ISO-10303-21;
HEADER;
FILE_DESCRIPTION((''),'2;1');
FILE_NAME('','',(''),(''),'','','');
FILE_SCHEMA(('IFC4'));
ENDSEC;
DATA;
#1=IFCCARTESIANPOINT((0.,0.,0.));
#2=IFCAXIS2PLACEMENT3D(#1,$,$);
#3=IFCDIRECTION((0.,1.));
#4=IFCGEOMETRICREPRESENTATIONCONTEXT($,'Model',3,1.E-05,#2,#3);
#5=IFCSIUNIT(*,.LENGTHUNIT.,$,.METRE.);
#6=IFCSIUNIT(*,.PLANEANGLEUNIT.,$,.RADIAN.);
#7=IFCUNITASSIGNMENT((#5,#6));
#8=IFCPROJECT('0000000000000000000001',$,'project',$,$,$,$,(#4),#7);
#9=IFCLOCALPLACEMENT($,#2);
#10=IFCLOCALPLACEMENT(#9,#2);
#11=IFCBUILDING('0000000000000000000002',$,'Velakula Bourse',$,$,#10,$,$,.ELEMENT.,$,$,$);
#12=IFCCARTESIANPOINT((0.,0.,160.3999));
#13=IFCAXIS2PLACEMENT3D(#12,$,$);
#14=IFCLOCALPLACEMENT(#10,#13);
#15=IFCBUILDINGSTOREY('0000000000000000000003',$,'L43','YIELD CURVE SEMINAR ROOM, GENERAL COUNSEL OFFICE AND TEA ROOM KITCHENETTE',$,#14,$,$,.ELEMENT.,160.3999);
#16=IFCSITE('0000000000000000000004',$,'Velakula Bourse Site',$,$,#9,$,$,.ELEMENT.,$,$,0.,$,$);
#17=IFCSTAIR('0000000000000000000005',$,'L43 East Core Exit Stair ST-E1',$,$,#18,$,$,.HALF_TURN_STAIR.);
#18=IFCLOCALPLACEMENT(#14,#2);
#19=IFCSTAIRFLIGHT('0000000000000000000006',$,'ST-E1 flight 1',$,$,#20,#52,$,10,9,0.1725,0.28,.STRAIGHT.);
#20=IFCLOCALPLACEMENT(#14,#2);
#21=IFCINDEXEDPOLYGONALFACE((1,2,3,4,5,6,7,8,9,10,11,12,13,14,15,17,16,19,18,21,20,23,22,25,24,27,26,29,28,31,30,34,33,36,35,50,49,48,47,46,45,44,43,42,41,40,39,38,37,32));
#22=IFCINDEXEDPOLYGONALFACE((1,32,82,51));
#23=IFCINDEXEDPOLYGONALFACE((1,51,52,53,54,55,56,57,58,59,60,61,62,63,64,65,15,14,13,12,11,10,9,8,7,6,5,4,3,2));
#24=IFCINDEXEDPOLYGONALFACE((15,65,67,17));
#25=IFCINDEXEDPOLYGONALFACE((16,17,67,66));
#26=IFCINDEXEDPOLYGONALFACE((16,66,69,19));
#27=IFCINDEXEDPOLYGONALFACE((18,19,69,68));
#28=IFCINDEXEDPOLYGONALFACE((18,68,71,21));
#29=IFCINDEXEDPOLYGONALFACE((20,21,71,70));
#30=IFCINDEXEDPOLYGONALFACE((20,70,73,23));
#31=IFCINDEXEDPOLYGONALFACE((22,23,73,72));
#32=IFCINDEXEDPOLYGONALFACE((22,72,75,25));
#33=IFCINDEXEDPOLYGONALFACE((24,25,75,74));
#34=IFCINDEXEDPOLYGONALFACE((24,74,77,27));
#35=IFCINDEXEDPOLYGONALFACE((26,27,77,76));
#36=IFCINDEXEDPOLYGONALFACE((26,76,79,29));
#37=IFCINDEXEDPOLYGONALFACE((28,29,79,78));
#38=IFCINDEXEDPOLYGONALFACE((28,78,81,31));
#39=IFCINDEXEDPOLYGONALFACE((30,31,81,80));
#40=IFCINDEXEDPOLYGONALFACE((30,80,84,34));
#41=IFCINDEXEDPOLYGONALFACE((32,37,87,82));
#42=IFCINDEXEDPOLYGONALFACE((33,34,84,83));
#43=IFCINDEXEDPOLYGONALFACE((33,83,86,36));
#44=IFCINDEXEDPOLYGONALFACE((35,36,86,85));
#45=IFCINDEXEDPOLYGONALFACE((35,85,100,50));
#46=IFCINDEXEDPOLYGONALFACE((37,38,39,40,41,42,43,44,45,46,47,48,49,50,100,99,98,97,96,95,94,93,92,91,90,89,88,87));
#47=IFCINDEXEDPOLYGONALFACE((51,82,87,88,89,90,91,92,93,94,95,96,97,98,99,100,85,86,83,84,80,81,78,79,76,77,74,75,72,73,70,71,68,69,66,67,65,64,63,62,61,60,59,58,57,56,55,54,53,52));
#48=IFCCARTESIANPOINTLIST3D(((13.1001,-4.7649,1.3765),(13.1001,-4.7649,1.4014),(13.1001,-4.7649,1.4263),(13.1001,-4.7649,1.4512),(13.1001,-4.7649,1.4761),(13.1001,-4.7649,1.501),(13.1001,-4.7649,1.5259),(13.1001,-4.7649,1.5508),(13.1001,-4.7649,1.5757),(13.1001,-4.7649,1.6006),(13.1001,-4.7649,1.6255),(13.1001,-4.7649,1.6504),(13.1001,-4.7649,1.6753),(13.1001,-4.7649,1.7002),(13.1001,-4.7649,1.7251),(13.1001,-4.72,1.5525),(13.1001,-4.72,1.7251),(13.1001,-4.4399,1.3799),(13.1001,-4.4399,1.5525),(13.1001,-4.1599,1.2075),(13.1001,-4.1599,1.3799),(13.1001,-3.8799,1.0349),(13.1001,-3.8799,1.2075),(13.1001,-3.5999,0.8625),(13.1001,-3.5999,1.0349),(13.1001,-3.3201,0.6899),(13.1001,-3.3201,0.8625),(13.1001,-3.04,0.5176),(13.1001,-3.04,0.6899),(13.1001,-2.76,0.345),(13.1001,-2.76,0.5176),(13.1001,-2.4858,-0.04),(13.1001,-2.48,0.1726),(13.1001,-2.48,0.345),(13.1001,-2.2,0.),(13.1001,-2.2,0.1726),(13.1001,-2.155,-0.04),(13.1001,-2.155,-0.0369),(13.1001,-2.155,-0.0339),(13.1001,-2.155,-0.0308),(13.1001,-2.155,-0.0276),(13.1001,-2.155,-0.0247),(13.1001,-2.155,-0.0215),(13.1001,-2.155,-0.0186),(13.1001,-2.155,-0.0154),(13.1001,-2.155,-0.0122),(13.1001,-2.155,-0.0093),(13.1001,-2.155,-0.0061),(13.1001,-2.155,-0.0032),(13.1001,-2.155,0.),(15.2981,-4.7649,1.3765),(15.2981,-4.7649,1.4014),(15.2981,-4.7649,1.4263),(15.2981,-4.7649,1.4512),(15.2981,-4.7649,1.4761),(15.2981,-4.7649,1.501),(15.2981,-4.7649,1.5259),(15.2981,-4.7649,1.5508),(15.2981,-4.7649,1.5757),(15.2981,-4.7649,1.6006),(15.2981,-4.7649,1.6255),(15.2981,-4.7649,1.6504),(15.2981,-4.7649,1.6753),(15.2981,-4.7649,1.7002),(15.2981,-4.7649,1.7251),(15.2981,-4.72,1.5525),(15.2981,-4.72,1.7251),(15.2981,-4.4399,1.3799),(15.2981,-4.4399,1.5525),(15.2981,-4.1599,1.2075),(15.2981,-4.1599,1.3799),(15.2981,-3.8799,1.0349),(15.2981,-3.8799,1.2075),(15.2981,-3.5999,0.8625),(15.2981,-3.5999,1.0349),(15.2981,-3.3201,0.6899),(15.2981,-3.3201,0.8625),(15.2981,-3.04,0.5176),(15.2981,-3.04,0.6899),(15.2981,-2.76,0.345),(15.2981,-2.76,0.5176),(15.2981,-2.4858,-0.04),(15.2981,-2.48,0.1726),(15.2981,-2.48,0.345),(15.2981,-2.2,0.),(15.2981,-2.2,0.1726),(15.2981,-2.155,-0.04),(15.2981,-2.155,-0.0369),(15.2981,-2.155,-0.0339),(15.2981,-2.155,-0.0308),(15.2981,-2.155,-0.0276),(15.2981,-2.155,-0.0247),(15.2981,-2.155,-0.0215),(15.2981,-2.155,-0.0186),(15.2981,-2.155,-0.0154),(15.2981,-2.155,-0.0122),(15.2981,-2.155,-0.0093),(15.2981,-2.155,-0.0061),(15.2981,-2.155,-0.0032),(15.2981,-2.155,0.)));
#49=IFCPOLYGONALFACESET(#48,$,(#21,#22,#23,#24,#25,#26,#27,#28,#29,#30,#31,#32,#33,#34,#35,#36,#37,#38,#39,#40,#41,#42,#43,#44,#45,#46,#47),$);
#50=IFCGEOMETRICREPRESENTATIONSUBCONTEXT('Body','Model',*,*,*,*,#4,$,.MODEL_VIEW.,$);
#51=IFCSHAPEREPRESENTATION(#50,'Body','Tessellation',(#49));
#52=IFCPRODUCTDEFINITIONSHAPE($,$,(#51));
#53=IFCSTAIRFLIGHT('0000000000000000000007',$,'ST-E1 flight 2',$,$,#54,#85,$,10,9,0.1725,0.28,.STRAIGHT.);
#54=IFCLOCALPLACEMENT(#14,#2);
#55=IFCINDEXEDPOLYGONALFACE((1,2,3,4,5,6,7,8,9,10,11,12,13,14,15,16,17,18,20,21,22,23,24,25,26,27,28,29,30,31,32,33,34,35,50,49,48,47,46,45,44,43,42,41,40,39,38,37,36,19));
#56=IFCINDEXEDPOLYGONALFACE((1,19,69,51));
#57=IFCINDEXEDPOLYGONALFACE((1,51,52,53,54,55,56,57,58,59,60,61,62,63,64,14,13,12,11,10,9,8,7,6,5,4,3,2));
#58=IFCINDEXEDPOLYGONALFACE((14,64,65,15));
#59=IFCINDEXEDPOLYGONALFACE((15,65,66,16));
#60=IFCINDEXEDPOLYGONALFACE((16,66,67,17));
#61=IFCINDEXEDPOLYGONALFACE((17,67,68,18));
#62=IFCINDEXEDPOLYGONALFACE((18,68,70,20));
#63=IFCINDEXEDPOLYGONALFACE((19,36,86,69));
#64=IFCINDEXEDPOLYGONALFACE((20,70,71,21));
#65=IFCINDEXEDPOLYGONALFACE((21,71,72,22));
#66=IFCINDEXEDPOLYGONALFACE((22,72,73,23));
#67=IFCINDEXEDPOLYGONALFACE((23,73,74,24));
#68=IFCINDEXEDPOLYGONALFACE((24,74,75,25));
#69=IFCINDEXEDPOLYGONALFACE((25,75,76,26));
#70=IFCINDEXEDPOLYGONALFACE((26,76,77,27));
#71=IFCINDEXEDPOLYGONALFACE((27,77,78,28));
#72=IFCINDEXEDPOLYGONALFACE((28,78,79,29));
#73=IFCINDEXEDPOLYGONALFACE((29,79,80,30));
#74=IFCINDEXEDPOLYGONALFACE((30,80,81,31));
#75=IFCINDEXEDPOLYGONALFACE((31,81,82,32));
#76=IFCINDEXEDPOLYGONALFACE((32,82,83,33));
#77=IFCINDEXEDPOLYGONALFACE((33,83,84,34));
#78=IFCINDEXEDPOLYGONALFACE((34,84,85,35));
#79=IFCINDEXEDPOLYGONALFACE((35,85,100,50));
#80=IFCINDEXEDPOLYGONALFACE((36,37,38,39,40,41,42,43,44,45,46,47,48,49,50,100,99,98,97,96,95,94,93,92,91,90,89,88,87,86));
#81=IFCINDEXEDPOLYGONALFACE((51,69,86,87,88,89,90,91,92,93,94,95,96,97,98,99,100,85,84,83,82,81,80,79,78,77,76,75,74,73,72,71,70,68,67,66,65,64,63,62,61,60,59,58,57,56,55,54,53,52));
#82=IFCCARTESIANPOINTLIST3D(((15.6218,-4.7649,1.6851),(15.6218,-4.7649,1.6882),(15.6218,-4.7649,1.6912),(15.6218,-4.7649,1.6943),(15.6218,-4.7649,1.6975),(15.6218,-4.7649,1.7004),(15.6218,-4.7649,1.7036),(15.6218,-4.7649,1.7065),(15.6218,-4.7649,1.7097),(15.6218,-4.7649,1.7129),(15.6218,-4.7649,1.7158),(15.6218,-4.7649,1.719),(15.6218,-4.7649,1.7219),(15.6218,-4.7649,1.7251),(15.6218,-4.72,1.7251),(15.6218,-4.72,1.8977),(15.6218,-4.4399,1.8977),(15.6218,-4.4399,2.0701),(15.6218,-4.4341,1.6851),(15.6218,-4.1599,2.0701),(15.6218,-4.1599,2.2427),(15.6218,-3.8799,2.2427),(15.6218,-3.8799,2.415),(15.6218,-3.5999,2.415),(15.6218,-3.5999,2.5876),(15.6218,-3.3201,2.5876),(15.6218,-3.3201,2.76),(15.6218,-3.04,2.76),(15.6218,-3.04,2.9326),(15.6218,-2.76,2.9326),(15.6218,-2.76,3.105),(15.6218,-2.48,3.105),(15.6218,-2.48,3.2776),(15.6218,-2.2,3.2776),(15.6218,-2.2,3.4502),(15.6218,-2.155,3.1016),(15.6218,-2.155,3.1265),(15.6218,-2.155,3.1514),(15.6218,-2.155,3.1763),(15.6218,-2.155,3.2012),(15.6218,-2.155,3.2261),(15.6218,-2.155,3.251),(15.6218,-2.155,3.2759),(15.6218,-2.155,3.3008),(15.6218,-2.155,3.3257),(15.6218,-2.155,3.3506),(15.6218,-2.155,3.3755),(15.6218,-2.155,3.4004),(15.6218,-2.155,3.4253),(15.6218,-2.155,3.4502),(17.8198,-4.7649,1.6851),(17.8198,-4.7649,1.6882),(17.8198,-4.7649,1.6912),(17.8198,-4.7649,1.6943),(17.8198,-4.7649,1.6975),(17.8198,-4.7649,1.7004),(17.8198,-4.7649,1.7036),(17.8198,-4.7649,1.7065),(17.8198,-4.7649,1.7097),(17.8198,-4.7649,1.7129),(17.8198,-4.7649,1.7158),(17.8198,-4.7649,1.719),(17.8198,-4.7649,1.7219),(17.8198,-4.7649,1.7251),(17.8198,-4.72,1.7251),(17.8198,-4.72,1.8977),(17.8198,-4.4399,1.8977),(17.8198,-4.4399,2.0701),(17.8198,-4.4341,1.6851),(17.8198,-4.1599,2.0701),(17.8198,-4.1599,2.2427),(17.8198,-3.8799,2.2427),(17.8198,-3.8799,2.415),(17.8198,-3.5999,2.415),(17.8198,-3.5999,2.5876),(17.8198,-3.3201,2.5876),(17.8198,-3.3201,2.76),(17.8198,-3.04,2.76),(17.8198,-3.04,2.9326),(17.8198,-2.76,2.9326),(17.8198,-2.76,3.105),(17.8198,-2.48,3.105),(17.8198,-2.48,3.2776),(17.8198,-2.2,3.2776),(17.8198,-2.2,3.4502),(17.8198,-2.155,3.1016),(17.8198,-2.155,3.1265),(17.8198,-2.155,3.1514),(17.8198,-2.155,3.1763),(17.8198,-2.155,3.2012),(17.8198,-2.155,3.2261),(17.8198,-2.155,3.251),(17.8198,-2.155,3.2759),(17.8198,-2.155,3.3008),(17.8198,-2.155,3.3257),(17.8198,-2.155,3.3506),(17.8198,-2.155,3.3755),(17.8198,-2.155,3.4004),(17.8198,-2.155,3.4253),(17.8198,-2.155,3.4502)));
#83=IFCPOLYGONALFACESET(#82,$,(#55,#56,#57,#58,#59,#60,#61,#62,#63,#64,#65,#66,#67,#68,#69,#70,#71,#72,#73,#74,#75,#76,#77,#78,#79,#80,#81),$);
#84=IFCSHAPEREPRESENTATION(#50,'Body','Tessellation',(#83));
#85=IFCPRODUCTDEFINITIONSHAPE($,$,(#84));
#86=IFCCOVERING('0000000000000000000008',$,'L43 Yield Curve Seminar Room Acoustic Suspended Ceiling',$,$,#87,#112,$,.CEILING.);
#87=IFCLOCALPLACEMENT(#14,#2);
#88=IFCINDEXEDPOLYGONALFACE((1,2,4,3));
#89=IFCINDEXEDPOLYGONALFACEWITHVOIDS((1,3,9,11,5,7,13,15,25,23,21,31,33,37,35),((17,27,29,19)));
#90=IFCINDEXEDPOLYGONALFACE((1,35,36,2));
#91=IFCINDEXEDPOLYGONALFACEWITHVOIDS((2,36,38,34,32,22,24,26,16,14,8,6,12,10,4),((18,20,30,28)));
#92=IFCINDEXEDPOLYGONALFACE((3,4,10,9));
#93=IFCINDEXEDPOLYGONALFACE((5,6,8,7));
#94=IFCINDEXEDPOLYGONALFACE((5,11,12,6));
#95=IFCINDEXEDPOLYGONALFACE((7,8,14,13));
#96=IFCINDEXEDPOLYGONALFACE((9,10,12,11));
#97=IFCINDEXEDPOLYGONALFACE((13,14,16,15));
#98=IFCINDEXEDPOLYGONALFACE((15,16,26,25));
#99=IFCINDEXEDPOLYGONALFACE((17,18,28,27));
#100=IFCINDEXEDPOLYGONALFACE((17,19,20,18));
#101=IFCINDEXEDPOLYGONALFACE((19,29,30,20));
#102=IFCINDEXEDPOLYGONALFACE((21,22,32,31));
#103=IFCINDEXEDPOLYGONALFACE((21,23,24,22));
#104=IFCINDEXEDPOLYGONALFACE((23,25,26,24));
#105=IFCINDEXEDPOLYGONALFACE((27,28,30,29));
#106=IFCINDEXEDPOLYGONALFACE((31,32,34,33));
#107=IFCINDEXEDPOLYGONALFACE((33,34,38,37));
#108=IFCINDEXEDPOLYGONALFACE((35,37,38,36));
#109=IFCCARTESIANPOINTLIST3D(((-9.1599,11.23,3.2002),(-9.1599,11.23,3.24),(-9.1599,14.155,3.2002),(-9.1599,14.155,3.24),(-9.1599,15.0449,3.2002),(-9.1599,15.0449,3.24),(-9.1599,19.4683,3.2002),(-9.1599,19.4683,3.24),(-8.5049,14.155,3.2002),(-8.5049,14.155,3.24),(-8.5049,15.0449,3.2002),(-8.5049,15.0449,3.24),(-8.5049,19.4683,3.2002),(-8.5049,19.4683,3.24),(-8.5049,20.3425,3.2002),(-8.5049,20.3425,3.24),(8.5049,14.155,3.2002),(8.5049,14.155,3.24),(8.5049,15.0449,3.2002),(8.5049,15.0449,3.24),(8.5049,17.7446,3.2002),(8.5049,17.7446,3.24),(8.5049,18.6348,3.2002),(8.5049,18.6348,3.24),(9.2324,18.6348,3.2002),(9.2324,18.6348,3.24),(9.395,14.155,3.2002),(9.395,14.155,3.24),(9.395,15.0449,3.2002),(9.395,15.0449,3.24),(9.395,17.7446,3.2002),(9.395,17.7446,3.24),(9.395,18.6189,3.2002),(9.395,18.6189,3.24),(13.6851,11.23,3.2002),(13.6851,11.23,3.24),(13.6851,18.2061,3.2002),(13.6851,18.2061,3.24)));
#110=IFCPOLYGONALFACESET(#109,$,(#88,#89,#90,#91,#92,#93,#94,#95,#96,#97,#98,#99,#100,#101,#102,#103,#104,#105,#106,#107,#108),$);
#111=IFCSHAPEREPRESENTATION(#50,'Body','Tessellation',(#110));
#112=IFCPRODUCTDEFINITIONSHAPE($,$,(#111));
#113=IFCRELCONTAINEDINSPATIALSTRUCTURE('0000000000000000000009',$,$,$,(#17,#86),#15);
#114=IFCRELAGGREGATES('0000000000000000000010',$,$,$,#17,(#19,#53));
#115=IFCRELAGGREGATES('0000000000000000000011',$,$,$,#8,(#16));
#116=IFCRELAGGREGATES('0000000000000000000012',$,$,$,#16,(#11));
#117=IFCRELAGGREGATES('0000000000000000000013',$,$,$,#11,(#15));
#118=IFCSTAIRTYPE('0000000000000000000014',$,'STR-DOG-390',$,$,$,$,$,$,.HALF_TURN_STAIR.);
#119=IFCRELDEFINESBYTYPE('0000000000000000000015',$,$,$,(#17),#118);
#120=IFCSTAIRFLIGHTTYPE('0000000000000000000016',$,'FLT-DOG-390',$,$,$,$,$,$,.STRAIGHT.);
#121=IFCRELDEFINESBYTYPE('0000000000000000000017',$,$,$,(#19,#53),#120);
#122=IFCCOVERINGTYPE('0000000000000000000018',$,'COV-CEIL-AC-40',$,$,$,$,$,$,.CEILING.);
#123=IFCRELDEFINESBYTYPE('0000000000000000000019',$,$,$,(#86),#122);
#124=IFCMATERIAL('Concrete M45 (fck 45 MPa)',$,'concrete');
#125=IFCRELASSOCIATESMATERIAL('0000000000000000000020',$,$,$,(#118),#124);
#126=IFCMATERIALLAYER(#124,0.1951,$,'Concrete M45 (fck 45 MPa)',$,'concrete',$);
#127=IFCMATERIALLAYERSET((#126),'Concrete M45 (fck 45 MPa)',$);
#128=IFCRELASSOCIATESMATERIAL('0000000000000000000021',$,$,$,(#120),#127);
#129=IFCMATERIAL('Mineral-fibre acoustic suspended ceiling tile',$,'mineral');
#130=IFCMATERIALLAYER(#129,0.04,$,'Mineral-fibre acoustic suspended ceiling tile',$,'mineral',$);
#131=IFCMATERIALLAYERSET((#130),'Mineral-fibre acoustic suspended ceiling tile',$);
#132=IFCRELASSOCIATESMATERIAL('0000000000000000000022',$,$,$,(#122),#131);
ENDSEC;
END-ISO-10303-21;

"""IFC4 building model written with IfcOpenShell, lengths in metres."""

from ifc_helpers import new_model, si_unit, direction, frame, origin, place, context, subcontext, project, spatial, polyline, outline, extrude, material, layer, layer_set, type_object, element, aggregate, save


model = new_model("IFC4")

# Units and contexts
model_context = context("Model", 3, precision=1e-05, world=origin(), true_north=direction((0.0, 1.0)))
body_context = subcontext(model_context, "Body", "Model", "MODEL_VIEW")
ifc_project = project(units=[si_unit("LENGTHUNIT", "METRE"), si_unit("PLANEANGLEUNIT", "RADIAN")], contexts=[model_context])

# Site, building, storey
site_placement = place(None, origin())
site = spatial("IfcSite", under=ifc_project, at=site_placement, Name="Velakula Bourse Site", CompositionType="ELEMENT", RefElevation=0.0)
building_placement = place(site_placement, origin())
building = spatial("IfcBuilding", under=site, at=building_placement, Name="Velakula Bourse", CompositionType="ELEMENT")
storey_placement = place(building_placement, frame((0.0, 0.0, 160.3999)))
storey = spatial("IfcBuildingStorey", under=building, at=storey_placement, Name="L43", Description="YIELD CURVE SEMINAR ROOM, GENERAL COUNSEL OFFICE AND TEA ROOM KITCHENETTE", CompositionType="ELEMENT", Elevation=160.3999)

# Stair
ifc_material_1 = material(Name="Concrete M45 (fck 45 MPa)", Category="concrete")
stair_type = type_object("IfcStairType", Name="STR-DOG-390", PredefinedType="HALF_TURN_STAIR", material=ifc_material_1)
stair_placement = place(storey_placement, origin())
stair = element("IfcStair", 1, at=stair_placement, inside=storey, type_object=stair_type, Name="L43 East Core Exit Stair ST-E1", PredefinedType="HALF_TURN_STAIR")

# Stair flights
ifc_layer_1 = layer(ifc_material_1, 0.1951, Name="Concrete M45 (fck 45 MPa)", Category="concrete")
ifc_layer_set_1 = layer_set([ifc_layer_1], Name="Concrete M45 (fck 45 MPa)")
stair_flight_type = type_object("IfcStairFlightType", Name="FLT-DOG-390", PredefinedType="STRAIGHT", material=ifc_layer_set_1)
stair_flight_1_placement = place(storey_placement, frame((14.199, -2.2, 0.0), z_axis=(0.0, 0.0, 1.0), x_axis=(0.0, -1.0, 0.0)))
stair_flight_1 = element("IfcStairFlight", 2, at=stair_flight_1_placement, type_object=stair_flight_type, Name="ST-E1 flight 1", NumberOfRisers=10, NumberOfTreads=9, PredefinedType="STRAIGHT", RiserHeight=0.1725, TreadLength=0.28, context=body_context, shape_type="SweptSolid", body=[
    extrude(outline(polyline([(-0.0449, -0.04), (-0.0449, -0.0369), (-0.0449, -0.0339), (-0.0449, -0.0308), (-0.0449, -0.0276), (-0.0449, -0.0247), (-0.0449, -0.0215), (-0.0449, -0.0186), (-0.0449, -0.0154), (-0.0449, -0.0122), (-0.0449, -0.0093), (-0.0449, -0.0061), (-0.0449, -0.0032), (-0.0449, 0.0), (0.0, 0.0), (0.0, 0.1726), (0.28, 0.1726), (0.28, 0.345), (0.5601, 0.345), (0.5601, 0.5176), (0.8401, 0.5176), (0.8401, 0.6899), (1.1201, 0.6899), (1.1201, 0.8625), (1.3999, 0.8625), (1.3999, 1.0349), (1.6799, 1.0349), (1.6799, 1.2075), (1.96, 1.2075), (1.96, 1.3799), (2.24, 1.3799), (2.24, 1.5525), (2.52, 1.5525), (2.52, 1.7251), (2.5649, 1.7251), (2.5649, 1.7002), (2.5649, 1.6753), (2.5649, 1.6504), (2.5649, 1.6255), (2.5649, 1.6006), (2.5649, 1.5757), (2.5649, 1.5508), (2.5649, 1.5259), (2.5649, 1.501), (2.5649, 1.4761), (2.5649, 1.4512), (2.5649, 1.4263), (2.5649, 1.4014), (2.5649, 1.3765), (0.2859, -0.04), (-0.0449, -0.04)])), frame((0.0, 1.0991, 0.0), z_axis=(0.0, -1.0, 0.0), x_axis=(1.0, 0.0, 0.0)), (0.0, 0.0, 1.0), 2.198),
])
stair_flight_2_placement = place(storey_placement, frame((16.7209, -4.72, 1.7251), z_axis=(0.0, 0.0, 1.0), x_axis=(0.0, 1.0, 0.0)))
stair_flight_2 = element("IfcStairFlight", 3, at=stair_flight_2_placement, type_object=stair_flight_type, Name="ST-E1 flight 2", NumberOfRisers=10, NumberOfTreads=9, PredefinedType="STRAIGHT", RiserHeight=0.1725, TreadLength=0.28, context=body_context, shape_type="SweptSolid", body=[
    extrude(outline(polyline([(-0.0449, -0.04), (-0.0449, -0.0369), (-0.0449, -0.0339), (-0.0449, -0.0308), (-0.0449, -0.0276), (-0.0449, -0.0247), (-0.0449, -0.0215), (-0.0449, -0.0186), (-0.0449, -0.0154), (-0.0449, -0.0122), (-0.0449, -0.0093), (-0.0449, -0.0061), (-0.0449, -0.0032), (-0.0449, 0.0), (0.0, 0.0), (0.0, 0.1726), (0.28, 0.1726), (0.28, 0.345), (0.5601, 0.345), (0.5601, 0.5176), (0.8401, 0.5176), (0.8401, 0.6899), (1.1201, 0.6899), (1.1201, 0.8625), (1.3999, 0.8625), (1.3999, 1.0349), (1.6799, 1.0349), (1.6799, 1.2075), (1.96, 1.2075), (1.96, 1.3799), (2.24, 1.3799), (2.24, 1.5525), (2.52, 1.5525), (2.52, 1.7251), (2.5649, 1.7251), (2.5649, 1.7002), (2.5649, 1.6753), (2.5649, 1.6504), (2.5649, 1.6255), (2.5649, 1.6006), (2.5649, 1.5757), (2.5649, 1.5508), (2.5649, 1.5259), (2.5649, 1.501), (2.5649, 1.4761), (2.5649, 1.4512), (2.5649, 1.4263), (2.5649, 1.4014), (2.5649, 1.3765), (0.2859, -0.04), (-0.0449, -0.04)])), frame((0.0, 1.0991, 0.0), z_axis=(0.0, -1.0, 0.0), x_axis=(1.0, 0.0, 0.0)), (0.0, 0.0, 1.0), 2.198),
])
aggregate(stair, [stair_flight_1, stair_flight_2])

# Covering
ifc_material_2 = material(Name="Mineral-fibre acoustic suspended ceiling tile", Category="mineral")
ifc_layer_2 = layer(ifc_material_2, 0.04, Name="Mineral-fibre acoustic suspended ceiling tile", Category="mineral")
ifc_layer_set_2 = layer_set([ifc_layer_2], Name="Mineral-fibre acoustic suspended ceiling tile")
covering_type_1 = type_object("IfcCoveringType", Name="COV-CEIL-AC-40", PredefinedType="CEILING", material=ifc_layer_set_2)
covering_1_placement = place(storey_placement, frame((0.0, 0.0, 3.2002)))
element("IfcCovering", 4, at=covering_1_placement, inside=storey, type_object=covering_type_1, Name="L43 Yield Curve Seminar Room Acoustic Suspended Ceiling", PredefinedType="CEILING", context=body_context, shape_type="SweptSolid", body=[
    extrude(outline(polyline([(13.6851, 11.23), (-9.1599, 11.23), (-9.1599, 14.155), (-8.5049, 14.155), (-8.5049, 15.0449), (-9.1599, 15.0449), (-9.1599, 19.4683), (-8.5049, 19.4683), (-8.5049, 20.3425), (9.2324, 18.6348), (8.5049, 18.6348), (8.5049, 17.7446), (9.395, 17.7446), (9.395, 18.6189), (13.6851, 18.2061), (13.6851, 11.23)]), holes=[polyline([(8.5049, 15.0449), (8.5049, 14.155), (9.395, 14.155), (9.395, 15.0449), (8.5049, 15.0449)])]), origin(), (0.0, 0.0, 1.0), 0.0398),
])

save(model, "model.ifc")
